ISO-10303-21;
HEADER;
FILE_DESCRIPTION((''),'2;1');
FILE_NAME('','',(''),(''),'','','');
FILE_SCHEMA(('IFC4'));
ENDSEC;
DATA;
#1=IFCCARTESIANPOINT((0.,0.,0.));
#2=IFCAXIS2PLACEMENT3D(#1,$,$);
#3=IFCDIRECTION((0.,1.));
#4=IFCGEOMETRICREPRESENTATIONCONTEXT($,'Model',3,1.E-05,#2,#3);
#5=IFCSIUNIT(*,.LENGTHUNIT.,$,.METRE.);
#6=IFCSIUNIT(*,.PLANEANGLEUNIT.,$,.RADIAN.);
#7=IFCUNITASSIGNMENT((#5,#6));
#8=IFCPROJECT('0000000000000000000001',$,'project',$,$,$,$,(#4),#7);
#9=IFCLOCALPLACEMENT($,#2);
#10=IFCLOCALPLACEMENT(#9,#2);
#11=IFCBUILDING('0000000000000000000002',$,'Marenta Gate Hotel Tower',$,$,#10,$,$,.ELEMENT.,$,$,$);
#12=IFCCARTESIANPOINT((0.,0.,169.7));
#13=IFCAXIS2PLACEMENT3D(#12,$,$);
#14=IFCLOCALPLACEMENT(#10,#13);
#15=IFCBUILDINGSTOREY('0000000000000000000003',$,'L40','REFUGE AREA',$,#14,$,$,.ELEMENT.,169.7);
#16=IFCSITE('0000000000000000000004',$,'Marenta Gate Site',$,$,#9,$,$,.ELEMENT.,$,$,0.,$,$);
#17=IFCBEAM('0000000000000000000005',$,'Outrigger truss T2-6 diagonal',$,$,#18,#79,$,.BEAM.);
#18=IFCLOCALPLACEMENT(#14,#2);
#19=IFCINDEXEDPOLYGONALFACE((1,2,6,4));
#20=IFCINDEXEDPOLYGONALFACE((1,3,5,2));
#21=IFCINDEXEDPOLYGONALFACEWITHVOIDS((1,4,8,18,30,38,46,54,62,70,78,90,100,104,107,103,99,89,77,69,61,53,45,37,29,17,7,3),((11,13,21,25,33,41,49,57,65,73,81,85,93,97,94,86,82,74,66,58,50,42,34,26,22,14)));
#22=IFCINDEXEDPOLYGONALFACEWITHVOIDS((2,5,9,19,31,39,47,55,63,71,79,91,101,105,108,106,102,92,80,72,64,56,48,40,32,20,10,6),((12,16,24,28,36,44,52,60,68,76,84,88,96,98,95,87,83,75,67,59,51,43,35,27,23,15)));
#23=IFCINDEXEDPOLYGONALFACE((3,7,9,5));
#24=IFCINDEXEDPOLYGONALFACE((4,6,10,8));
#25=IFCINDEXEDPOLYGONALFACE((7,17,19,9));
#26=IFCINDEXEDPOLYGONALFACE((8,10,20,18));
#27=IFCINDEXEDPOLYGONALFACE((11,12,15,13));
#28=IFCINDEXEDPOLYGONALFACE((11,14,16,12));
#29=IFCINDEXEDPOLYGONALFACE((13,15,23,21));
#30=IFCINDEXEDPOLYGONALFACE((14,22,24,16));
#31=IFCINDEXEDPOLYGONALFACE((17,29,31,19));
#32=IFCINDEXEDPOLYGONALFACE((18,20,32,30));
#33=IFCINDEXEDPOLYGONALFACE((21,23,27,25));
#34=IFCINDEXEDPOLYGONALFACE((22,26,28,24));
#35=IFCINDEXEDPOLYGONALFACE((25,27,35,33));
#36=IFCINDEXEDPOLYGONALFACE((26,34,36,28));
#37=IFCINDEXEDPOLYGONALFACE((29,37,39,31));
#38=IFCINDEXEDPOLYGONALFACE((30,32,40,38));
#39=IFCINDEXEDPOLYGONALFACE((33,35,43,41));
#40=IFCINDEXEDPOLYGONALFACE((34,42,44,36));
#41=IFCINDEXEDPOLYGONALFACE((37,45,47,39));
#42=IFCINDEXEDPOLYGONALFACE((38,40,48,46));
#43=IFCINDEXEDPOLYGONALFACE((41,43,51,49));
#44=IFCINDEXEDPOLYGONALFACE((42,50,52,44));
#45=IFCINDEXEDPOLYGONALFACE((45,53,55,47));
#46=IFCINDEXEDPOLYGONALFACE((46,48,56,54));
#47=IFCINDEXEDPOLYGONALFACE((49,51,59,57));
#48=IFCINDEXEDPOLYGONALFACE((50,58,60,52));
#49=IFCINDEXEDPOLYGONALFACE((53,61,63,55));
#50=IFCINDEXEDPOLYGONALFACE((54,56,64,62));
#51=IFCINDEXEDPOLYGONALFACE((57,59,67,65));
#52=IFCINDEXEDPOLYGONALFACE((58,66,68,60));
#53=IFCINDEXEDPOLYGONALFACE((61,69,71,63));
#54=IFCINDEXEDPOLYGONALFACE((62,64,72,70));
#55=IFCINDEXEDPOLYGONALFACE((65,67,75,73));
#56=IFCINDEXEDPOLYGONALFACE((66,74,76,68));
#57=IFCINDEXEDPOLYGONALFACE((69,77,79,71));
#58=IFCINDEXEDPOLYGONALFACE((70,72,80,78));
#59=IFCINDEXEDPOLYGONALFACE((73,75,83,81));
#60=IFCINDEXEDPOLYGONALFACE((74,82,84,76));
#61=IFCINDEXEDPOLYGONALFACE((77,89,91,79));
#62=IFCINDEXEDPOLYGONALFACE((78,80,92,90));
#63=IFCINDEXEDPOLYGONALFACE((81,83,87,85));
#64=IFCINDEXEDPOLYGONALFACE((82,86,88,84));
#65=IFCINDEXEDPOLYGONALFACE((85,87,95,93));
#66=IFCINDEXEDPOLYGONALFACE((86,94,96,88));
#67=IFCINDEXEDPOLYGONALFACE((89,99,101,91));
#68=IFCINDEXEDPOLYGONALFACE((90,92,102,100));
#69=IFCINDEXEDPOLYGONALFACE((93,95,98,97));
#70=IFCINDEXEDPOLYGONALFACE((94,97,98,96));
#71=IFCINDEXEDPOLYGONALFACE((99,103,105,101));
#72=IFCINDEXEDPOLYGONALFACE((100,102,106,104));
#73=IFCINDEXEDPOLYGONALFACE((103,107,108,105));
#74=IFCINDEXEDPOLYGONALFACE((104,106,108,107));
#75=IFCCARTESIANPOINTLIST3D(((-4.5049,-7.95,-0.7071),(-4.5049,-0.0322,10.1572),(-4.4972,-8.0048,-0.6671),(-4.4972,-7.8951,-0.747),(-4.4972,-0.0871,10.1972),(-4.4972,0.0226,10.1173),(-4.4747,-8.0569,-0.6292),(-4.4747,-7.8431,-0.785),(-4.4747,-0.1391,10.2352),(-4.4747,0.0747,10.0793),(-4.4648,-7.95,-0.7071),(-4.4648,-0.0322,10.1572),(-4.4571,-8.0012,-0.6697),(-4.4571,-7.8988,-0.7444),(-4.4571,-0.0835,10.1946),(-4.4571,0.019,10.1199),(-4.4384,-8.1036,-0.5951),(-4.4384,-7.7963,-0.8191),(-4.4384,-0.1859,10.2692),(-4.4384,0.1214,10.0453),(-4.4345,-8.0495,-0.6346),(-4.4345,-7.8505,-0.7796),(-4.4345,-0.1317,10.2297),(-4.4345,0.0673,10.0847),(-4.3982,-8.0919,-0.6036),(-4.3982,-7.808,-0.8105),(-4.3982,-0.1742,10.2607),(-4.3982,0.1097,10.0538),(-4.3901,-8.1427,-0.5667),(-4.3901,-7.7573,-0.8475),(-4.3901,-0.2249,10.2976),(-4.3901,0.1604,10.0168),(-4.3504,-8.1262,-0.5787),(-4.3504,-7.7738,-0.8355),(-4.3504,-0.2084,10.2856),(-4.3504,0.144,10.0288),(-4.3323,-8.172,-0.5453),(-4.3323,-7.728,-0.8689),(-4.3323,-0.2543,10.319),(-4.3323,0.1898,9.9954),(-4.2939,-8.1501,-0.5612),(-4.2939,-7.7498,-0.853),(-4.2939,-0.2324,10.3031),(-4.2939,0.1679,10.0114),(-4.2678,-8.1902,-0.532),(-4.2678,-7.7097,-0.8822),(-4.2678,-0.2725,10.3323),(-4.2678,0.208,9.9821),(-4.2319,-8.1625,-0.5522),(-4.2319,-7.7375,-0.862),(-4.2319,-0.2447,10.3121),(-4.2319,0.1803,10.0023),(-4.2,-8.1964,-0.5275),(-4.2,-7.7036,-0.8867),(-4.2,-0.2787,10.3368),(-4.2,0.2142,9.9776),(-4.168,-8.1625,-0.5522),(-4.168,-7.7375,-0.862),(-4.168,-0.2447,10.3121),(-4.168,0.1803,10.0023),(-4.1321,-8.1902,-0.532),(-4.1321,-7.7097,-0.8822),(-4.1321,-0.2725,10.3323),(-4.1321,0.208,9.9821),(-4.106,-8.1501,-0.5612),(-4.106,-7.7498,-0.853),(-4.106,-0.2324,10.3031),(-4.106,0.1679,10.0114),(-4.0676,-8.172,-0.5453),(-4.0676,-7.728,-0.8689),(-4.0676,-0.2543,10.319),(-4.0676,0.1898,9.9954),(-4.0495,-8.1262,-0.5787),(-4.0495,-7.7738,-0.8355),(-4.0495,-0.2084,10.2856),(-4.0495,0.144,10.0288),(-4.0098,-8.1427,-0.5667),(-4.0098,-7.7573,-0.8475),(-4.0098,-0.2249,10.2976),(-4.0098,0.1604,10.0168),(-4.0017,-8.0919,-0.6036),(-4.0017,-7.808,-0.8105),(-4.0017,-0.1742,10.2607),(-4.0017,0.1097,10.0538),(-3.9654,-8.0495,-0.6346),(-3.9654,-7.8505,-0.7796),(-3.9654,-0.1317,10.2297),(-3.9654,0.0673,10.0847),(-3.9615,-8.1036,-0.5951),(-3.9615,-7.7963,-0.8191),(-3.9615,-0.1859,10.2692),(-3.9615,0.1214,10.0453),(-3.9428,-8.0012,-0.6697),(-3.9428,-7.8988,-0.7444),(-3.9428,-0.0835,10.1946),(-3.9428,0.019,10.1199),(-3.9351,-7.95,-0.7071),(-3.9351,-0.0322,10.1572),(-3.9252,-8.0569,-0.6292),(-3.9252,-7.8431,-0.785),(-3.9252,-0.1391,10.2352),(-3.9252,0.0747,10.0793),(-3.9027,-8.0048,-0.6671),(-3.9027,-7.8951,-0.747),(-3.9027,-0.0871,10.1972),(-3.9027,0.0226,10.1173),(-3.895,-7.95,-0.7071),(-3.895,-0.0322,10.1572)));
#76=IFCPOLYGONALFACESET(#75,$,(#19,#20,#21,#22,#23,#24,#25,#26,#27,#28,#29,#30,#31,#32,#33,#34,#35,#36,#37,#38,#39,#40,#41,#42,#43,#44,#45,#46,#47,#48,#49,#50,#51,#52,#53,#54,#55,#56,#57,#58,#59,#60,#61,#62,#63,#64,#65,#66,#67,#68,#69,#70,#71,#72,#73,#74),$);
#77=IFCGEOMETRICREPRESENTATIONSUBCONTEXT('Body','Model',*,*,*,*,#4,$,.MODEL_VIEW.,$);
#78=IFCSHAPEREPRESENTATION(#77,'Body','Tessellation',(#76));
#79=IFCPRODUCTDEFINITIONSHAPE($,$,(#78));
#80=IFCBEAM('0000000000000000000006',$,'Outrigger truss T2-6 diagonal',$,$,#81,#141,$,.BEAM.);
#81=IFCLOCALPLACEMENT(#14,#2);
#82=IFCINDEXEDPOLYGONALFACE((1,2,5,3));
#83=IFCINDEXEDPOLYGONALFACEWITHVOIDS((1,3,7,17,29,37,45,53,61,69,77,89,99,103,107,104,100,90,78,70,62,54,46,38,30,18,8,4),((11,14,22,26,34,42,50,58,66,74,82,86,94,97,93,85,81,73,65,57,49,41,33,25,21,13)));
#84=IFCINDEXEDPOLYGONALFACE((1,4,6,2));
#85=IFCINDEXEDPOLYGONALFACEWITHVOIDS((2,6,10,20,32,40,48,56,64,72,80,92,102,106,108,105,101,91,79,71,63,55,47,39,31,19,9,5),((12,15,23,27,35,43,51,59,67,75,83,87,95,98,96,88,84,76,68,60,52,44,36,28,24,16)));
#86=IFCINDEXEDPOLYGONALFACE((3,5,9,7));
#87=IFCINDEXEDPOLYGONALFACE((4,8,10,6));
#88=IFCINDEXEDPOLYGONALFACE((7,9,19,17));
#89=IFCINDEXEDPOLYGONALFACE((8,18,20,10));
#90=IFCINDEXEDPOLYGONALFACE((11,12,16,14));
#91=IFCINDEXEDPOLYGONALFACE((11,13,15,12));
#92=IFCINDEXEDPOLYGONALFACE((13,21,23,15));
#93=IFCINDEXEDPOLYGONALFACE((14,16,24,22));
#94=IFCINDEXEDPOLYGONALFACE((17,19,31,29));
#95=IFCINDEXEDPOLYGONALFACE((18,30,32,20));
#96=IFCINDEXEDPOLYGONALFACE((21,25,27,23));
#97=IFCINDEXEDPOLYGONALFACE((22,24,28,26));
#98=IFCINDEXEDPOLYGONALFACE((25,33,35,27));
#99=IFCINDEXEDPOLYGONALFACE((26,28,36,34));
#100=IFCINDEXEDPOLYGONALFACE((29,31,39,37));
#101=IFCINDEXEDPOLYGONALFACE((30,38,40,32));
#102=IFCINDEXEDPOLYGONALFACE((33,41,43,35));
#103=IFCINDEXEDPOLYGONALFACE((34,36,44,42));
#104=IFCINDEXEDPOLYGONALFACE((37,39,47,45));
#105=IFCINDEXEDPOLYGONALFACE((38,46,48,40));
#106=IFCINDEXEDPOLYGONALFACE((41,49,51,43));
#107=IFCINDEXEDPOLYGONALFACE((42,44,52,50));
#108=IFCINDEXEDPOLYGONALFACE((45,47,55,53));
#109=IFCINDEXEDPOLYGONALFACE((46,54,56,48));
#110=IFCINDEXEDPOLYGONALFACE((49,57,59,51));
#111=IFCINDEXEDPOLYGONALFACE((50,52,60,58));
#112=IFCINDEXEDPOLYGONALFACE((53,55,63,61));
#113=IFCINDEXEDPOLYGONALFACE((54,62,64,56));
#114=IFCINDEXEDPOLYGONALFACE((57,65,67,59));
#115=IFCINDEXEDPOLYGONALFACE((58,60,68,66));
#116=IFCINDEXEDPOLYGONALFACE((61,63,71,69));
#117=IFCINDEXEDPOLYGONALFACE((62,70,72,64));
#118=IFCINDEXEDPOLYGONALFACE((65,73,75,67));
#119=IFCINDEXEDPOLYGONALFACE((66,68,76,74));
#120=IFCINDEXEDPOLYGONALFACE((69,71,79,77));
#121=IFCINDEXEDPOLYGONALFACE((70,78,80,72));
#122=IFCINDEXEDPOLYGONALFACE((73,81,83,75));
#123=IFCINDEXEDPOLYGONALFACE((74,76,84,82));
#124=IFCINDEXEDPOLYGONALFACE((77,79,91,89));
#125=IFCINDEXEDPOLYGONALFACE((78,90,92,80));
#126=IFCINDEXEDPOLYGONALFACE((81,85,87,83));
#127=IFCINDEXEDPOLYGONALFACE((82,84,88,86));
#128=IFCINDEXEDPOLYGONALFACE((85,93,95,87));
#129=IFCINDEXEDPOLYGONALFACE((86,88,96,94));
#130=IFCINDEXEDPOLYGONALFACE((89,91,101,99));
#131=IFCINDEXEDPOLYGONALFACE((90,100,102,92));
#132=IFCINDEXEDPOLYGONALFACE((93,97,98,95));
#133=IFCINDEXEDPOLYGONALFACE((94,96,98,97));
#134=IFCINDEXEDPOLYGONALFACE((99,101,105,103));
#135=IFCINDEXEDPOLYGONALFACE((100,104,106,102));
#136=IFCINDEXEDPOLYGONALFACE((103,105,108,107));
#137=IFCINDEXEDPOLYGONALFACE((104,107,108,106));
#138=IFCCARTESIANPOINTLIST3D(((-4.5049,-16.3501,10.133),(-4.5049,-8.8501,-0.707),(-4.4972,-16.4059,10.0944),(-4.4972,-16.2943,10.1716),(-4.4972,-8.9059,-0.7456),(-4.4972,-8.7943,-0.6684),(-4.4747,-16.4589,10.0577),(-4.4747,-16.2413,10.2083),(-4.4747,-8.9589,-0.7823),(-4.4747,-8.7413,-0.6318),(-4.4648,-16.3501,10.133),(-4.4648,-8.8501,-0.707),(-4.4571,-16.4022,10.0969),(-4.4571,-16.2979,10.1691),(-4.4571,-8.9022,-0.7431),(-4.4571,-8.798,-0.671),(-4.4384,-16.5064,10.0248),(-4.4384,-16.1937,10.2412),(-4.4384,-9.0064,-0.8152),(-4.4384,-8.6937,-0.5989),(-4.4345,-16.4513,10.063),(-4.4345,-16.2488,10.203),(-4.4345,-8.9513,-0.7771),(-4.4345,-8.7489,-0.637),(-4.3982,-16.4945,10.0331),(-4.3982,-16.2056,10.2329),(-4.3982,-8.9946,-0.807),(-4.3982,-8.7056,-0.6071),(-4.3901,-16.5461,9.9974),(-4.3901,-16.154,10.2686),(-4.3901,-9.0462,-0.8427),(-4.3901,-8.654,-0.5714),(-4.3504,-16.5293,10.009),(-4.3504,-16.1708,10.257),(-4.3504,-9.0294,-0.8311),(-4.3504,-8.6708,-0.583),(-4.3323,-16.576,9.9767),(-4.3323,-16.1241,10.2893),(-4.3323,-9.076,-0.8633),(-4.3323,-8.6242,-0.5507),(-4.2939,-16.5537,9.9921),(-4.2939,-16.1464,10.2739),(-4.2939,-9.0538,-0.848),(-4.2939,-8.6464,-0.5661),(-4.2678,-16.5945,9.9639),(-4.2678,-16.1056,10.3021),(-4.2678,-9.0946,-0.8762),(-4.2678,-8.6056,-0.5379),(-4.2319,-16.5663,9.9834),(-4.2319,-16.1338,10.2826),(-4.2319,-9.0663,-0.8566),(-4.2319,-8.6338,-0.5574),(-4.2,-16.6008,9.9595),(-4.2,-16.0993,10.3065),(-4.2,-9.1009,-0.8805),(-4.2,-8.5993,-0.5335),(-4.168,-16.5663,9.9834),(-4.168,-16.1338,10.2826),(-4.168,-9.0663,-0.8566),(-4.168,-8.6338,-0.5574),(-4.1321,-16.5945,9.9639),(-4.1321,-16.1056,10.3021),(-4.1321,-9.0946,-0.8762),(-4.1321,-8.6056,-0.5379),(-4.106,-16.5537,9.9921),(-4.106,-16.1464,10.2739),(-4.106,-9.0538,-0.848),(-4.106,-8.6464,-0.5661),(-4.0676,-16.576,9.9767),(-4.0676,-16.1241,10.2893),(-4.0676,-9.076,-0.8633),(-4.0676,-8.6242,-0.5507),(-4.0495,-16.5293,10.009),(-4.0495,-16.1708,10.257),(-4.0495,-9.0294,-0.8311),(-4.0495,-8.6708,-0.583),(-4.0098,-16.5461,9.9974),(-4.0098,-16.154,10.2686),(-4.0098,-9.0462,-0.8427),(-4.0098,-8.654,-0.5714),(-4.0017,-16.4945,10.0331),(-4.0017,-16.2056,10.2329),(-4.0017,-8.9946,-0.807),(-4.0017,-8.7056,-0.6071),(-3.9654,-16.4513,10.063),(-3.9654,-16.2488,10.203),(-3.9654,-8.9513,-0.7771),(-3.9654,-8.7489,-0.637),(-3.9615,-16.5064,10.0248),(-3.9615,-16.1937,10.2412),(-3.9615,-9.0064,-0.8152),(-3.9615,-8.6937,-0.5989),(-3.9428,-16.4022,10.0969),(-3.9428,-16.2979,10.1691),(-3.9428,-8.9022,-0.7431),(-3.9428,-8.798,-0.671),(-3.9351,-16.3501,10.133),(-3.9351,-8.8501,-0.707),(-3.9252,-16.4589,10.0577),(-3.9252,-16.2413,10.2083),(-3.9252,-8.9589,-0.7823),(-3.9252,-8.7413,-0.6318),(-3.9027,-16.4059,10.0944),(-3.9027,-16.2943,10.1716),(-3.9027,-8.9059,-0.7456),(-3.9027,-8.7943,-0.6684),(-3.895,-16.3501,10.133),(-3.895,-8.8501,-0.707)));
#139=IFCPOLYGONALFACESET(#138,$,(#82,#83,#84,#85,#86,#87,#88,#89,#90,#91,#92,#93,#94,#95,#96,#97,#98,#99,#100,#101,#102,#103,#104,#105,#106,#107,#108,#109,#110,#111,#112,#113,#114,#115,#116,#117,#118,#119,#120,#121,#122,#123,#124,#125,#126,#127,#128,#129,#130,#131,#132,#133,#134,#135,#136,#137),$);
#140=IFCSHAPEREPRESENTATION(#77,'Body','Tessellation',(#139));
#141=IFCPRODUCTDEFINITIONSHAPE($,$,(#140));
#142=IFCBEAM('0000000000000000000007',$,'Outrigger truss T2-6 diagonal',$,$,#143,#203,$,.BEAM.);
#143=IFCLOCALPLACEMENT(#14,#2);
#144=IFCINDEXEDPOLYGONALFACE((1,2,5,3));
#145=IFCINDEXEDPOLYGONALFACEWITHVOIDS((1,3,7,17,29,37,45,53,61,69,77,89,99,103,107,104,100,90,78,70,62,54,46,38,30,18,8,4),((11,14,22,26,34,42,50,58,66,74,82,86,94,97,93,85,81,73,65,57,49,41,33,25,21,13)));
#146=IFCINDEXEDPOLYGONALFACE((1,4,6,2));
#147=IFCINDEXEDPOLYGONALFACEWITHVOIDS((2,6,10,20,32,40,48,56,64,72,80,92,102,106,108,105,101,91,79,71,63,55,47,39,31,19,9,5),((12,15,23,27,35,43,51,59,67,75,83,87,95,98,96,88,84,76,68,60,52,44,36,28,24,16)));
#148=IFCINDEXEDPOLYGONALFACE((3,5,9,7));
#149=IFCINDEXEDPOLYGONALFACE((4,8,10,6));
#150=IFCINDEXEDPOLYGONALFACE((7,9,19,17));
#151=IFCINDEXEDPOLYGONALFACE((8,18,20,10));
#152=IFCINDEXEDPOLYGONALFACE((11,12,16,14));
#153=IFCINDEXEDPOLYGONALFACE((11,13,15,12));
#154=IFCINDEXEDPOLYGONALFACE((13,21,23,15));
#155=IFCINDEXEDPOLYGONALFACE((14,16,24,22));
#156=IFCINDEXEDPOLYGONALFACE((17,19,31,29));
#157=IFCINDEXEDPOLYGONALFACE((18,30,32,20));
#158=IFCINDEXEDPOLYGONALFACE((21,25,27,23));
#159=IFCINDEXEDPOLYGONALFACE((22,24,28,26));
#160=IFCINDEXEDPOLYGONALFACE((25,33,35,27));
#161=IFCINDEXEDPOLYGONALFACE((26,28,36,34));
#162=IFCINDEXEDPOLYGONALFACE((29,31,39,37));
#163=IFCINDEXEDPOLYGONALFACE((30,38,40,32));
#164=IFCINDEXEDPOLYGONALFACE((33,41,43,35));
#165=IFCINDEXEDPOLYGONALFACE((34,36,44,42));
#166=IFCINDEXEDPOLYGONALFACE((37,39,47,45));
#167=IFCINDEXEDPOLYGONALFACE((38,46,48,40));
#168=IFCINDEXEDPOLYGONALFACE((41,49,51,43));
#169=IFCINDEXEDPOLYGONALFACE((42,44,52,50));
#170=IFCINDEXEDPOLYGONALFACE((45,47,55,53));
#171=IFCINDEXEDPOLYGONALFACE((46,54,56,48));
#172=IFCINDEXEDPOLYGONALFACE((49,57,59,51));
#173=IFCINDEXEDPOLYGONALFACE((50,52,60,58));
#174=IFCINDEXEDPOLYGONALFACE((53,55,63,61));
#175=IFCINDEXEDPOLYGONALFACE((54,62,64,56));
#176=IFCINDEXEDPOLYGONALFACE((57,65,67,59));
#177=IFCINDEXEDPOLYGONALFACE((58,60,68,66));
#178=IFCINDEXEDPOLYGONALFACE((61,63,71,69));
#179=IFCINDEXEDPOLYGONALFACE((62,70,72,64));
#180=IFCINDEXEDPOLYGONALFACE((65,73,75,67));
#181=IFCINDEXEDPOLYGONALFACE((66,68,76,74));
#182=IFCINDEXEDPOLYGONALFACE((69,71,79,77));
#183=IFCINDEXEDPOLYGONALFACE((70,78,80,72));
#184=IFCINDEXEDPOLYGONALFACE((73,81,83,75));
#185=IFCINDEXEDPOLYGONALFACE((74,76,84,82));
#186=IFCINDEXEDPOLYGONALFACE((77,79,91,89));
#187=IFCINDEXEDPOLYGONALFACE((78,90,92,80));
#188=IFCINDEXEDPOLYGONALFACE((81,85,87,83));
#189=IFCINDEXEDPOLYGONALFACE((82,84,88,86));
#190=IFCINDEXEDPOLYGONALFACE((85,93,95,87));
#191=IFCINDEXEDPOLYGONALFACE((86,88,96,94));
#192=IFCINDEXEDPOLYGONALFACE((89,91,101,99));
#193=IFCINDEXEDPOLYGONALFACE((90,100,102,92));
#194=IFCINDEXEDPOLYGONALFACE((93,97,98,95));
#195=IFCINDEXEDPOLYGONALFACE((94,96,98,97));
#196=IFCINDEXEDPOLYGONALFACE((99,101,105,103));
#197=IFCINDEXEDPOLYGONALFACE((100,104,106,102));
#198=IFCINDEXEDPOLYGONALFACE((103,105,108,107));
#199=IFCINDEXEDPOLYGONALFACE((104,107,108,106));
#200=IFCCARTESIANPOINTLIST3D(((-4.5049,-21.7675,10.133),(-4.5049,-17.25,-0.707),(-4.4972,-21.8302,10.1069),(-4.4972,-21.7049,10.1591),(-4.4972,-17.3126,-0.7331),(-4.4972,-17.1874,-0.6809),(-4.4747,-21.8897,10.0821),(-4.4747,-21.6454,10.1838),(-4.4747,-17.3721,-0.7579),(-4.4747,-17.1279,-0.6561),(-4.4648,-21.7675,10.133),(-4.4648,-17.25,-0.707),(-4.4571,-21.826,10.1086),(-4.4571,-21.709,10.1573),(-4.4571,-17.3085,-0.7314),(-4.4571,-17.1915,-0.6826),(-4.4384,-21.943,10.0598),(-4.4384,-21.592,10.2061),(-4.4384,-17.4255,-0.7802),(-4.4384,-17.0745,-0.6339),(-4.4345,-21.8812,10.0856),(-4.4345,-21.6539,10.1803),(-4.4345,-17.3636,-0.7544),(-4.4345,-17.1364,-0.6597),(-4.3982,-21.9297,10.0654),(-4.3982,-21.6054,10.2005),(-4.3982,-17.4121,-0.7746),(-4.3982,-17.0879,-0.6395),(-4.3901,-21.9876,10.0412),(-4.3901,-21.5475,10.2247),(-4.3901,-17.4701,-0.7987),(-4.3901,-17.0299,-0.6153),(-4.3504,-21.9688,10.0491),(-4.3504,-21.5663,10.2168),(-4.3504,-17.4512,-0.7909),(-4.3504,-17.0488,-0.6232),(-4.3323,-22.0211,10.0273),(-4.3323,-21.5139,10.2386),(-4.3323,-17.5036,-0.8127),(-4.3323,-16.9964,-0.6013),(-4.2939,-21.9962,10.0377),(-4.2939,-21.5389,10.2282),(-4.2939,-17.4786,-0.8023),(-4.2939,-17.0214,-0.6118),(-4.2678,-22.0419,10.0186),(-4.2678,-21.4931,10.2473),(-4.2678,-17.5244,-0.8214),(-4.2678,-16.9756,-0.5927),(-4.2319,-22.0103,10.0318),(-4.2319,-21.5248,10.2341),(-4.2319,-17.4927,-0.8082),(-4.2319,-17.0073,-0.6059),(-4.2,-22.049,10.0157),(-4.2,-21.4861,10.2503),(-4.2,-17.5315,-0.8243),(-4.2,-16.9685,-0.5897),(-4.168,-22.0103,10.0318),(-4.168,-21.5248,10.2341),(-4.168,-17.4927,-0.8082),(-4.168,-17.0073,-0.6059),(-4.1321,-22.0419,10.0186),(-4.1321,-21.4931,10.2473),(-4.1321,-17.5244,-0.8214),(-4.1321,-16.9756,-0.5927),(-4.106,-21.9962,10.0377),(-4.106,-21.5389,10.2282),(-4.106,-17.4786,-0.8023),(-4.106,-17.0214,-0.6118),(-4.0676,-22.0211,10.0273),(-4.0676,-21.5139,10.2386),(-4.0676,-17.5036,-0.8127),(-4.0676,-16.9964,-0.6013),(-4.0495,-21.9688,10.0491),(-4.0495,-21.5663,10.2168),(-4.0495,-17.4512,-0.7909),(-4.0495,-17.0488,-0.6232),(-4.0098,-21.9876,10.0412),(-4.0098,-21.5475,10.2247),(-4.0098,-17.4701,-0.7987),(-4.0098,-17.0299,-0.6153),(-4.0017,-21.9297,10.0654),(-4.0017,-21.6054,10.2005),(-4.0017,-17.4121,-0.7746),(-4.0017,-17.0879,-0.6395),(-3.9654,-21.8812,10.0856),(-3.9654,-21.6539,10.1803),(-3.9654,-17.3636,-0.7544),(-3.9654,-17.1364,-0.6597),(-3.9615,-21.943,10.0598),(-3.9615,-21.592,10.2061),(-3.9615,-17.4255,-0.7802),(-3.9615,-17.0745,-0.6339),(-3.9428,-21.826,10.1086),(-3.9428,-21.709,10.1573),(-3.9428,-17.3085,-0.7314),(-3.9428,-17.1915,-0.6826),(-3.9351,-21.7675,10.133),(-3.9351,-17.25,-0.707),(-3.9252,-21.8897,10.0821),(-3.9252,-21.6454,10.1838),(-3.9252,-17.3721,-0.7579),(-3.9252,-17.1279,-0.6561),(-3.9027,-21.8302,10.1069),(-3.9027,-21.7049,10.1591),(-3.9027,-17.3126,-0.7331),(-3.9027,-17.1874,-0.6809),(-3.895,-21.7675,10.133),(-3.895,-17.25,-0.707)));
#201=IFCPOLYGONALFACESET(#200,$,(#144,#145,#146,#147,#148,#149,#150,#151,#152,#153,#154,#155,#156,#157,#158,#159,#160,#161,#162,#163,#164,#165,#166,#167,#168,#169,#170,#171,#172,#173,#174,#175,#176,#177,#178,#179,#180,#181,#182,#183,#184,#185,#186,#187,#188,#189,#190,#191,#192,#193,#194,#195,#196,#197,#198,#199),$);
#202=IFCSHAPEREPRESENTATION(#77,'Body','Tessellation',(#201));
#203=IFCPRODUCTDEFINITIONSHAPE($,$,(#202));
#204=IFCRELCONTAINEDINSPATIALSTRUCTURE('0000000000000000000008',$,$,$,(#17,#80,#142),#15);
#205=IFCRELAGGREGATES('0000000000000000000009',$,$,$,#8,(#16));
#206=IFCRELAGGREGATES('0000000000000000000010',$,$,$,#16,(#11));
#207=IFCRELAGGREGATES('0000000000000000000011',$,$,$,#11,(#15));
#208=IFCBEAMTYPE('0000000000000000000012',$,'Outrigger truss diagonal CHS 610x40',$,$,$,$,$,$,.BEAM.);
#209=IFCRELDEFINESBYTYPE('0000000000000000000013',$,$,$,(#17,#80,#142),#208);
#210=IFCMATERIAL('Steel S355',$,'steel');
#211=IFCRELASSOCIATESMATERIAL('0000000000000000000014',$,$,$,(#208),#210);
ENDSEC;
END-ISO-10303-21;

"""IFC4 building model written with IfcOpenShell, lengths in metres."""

from ifc_helpers import new_model, si_unit, direction, frame, origin, origin_2d, place, context, subcontext, project, spatial, hollow_circle, extrude, material, material_profile, profile_set, type_object, element, save


model = new_model("IFC4")

# Units and contexts
model_context = context("Model", 3, precision=1e-05, world=origin(), true_north=direction((0.0, 1.0)))
body_context = subcontext(model_context, "Body", "Model", "MODEL_VIEW")
ifc_project = project(units=[si_unit("LENGTHUNIT", "METRE"), si_unit("PLANEANGLEUNIT", "RADIAN")], contexts=[model_context])

# Site, building, storey
site_placement = place(None, origin())
site = spatial("IfcSite", under=ifc_project, at=site_placement, Name="Marenta Gate Site", CompositionType="ELEMENT", RefElevation=0.0)
building_placement = place(site_placement, origin())
building = spatial("IfcBuilding", under=site, at=building_placement, Name="Marenta Gate Hotel Tower", CompositionType="ELEMENT")
storey_placement = place(building_placement, frame((0.0, 0.0, 169.7)))
storey = spatial("IfcBuildingStorey", under=building, at=storey_placement, Name="L40", Description="REFUGE AREA", CompositionType="ELEMENT", Elevation=169.7)

# Beams
ifc_material_1 = material(Name="Steel S355", Category="steel")
ifc_material_profile_1 = material_profile(ifc_material_1, hollow_circle(Radius=0.3049, WallThickness=0.04, at=origin_2d()), Name="CHS 610x40")
ifc_profile_set_1 = profile_set([ifc_material_profile_1], Name="Steel S355")
beam_type_1 = type_object("IfcBeamType", Name="Outrigger truss diagonal CHS 610x40", PredefinedType="BEAM", material=ifc_profile_set_1)
beam_1_placement = place(storey_placement, frame((-4.2, -0.0322, 10.1572), z_axis=(0.0, -0.588972, -0.808154), x_axis=(1.0, 0.0, 0.0)))
element("IfcBeam", 1, at=beam_1_placement, inside=storey, type_object=beam_type_1, Name="Outrigger truss T2-6 diagonal", PredefinedType="BEAM", context=body_context, shape_type="SweptSolid", body=[
    extrude(hollow_circle(Radius=0.3049, WallThickness=0.04, at=origin_2d()), origin(), (0.0, 0.0, 1.0), 13.4434),
])
beam_2_placement = place(storey_placement, frame((-4.2, -8.8501, -0.707), z_axis=(0.0, -0.56897, 0.822358), x_axis=(1.0, 0.0, 0.0)))
element("IfcBeam", 2, at=beam_2_placement, inside=storey, type_object=beam_type_1, Name="Outrigger truss T2-6 diagonal", PredefinedType="BEAM", context=body_context, shape_type="SweptSolid", body=[
    extrude(hollow_circle(Radius=0.3049, WallThickness=0.04, at=origin_2d()), origin(), (0.0, 0.0, 1.0), 13.1816),
])
beam_3_placement = place(storey_placement, frame((-4.2, -17.25, -0.707), z_axis=(0.0, -0.384679, 0.92305), x_axis=(1.0, 0.0, 0.0)))
element("IfcBeam", 3, at=beam_3_placement, inside=storey, type_object=beam_type_1, Name="Outrigger truss T2-6 diagonal", PredefinedType="BEAM", context=body_context, shape_type="SweptSolid", body=[
    extrude(hollow_circle(Radius=0.3049, WallThickness=0.04, at=origin_2d()), origin(), (0.0, 0.0, 1.0), 11.7437),
])

save(model, "model.ifc")
